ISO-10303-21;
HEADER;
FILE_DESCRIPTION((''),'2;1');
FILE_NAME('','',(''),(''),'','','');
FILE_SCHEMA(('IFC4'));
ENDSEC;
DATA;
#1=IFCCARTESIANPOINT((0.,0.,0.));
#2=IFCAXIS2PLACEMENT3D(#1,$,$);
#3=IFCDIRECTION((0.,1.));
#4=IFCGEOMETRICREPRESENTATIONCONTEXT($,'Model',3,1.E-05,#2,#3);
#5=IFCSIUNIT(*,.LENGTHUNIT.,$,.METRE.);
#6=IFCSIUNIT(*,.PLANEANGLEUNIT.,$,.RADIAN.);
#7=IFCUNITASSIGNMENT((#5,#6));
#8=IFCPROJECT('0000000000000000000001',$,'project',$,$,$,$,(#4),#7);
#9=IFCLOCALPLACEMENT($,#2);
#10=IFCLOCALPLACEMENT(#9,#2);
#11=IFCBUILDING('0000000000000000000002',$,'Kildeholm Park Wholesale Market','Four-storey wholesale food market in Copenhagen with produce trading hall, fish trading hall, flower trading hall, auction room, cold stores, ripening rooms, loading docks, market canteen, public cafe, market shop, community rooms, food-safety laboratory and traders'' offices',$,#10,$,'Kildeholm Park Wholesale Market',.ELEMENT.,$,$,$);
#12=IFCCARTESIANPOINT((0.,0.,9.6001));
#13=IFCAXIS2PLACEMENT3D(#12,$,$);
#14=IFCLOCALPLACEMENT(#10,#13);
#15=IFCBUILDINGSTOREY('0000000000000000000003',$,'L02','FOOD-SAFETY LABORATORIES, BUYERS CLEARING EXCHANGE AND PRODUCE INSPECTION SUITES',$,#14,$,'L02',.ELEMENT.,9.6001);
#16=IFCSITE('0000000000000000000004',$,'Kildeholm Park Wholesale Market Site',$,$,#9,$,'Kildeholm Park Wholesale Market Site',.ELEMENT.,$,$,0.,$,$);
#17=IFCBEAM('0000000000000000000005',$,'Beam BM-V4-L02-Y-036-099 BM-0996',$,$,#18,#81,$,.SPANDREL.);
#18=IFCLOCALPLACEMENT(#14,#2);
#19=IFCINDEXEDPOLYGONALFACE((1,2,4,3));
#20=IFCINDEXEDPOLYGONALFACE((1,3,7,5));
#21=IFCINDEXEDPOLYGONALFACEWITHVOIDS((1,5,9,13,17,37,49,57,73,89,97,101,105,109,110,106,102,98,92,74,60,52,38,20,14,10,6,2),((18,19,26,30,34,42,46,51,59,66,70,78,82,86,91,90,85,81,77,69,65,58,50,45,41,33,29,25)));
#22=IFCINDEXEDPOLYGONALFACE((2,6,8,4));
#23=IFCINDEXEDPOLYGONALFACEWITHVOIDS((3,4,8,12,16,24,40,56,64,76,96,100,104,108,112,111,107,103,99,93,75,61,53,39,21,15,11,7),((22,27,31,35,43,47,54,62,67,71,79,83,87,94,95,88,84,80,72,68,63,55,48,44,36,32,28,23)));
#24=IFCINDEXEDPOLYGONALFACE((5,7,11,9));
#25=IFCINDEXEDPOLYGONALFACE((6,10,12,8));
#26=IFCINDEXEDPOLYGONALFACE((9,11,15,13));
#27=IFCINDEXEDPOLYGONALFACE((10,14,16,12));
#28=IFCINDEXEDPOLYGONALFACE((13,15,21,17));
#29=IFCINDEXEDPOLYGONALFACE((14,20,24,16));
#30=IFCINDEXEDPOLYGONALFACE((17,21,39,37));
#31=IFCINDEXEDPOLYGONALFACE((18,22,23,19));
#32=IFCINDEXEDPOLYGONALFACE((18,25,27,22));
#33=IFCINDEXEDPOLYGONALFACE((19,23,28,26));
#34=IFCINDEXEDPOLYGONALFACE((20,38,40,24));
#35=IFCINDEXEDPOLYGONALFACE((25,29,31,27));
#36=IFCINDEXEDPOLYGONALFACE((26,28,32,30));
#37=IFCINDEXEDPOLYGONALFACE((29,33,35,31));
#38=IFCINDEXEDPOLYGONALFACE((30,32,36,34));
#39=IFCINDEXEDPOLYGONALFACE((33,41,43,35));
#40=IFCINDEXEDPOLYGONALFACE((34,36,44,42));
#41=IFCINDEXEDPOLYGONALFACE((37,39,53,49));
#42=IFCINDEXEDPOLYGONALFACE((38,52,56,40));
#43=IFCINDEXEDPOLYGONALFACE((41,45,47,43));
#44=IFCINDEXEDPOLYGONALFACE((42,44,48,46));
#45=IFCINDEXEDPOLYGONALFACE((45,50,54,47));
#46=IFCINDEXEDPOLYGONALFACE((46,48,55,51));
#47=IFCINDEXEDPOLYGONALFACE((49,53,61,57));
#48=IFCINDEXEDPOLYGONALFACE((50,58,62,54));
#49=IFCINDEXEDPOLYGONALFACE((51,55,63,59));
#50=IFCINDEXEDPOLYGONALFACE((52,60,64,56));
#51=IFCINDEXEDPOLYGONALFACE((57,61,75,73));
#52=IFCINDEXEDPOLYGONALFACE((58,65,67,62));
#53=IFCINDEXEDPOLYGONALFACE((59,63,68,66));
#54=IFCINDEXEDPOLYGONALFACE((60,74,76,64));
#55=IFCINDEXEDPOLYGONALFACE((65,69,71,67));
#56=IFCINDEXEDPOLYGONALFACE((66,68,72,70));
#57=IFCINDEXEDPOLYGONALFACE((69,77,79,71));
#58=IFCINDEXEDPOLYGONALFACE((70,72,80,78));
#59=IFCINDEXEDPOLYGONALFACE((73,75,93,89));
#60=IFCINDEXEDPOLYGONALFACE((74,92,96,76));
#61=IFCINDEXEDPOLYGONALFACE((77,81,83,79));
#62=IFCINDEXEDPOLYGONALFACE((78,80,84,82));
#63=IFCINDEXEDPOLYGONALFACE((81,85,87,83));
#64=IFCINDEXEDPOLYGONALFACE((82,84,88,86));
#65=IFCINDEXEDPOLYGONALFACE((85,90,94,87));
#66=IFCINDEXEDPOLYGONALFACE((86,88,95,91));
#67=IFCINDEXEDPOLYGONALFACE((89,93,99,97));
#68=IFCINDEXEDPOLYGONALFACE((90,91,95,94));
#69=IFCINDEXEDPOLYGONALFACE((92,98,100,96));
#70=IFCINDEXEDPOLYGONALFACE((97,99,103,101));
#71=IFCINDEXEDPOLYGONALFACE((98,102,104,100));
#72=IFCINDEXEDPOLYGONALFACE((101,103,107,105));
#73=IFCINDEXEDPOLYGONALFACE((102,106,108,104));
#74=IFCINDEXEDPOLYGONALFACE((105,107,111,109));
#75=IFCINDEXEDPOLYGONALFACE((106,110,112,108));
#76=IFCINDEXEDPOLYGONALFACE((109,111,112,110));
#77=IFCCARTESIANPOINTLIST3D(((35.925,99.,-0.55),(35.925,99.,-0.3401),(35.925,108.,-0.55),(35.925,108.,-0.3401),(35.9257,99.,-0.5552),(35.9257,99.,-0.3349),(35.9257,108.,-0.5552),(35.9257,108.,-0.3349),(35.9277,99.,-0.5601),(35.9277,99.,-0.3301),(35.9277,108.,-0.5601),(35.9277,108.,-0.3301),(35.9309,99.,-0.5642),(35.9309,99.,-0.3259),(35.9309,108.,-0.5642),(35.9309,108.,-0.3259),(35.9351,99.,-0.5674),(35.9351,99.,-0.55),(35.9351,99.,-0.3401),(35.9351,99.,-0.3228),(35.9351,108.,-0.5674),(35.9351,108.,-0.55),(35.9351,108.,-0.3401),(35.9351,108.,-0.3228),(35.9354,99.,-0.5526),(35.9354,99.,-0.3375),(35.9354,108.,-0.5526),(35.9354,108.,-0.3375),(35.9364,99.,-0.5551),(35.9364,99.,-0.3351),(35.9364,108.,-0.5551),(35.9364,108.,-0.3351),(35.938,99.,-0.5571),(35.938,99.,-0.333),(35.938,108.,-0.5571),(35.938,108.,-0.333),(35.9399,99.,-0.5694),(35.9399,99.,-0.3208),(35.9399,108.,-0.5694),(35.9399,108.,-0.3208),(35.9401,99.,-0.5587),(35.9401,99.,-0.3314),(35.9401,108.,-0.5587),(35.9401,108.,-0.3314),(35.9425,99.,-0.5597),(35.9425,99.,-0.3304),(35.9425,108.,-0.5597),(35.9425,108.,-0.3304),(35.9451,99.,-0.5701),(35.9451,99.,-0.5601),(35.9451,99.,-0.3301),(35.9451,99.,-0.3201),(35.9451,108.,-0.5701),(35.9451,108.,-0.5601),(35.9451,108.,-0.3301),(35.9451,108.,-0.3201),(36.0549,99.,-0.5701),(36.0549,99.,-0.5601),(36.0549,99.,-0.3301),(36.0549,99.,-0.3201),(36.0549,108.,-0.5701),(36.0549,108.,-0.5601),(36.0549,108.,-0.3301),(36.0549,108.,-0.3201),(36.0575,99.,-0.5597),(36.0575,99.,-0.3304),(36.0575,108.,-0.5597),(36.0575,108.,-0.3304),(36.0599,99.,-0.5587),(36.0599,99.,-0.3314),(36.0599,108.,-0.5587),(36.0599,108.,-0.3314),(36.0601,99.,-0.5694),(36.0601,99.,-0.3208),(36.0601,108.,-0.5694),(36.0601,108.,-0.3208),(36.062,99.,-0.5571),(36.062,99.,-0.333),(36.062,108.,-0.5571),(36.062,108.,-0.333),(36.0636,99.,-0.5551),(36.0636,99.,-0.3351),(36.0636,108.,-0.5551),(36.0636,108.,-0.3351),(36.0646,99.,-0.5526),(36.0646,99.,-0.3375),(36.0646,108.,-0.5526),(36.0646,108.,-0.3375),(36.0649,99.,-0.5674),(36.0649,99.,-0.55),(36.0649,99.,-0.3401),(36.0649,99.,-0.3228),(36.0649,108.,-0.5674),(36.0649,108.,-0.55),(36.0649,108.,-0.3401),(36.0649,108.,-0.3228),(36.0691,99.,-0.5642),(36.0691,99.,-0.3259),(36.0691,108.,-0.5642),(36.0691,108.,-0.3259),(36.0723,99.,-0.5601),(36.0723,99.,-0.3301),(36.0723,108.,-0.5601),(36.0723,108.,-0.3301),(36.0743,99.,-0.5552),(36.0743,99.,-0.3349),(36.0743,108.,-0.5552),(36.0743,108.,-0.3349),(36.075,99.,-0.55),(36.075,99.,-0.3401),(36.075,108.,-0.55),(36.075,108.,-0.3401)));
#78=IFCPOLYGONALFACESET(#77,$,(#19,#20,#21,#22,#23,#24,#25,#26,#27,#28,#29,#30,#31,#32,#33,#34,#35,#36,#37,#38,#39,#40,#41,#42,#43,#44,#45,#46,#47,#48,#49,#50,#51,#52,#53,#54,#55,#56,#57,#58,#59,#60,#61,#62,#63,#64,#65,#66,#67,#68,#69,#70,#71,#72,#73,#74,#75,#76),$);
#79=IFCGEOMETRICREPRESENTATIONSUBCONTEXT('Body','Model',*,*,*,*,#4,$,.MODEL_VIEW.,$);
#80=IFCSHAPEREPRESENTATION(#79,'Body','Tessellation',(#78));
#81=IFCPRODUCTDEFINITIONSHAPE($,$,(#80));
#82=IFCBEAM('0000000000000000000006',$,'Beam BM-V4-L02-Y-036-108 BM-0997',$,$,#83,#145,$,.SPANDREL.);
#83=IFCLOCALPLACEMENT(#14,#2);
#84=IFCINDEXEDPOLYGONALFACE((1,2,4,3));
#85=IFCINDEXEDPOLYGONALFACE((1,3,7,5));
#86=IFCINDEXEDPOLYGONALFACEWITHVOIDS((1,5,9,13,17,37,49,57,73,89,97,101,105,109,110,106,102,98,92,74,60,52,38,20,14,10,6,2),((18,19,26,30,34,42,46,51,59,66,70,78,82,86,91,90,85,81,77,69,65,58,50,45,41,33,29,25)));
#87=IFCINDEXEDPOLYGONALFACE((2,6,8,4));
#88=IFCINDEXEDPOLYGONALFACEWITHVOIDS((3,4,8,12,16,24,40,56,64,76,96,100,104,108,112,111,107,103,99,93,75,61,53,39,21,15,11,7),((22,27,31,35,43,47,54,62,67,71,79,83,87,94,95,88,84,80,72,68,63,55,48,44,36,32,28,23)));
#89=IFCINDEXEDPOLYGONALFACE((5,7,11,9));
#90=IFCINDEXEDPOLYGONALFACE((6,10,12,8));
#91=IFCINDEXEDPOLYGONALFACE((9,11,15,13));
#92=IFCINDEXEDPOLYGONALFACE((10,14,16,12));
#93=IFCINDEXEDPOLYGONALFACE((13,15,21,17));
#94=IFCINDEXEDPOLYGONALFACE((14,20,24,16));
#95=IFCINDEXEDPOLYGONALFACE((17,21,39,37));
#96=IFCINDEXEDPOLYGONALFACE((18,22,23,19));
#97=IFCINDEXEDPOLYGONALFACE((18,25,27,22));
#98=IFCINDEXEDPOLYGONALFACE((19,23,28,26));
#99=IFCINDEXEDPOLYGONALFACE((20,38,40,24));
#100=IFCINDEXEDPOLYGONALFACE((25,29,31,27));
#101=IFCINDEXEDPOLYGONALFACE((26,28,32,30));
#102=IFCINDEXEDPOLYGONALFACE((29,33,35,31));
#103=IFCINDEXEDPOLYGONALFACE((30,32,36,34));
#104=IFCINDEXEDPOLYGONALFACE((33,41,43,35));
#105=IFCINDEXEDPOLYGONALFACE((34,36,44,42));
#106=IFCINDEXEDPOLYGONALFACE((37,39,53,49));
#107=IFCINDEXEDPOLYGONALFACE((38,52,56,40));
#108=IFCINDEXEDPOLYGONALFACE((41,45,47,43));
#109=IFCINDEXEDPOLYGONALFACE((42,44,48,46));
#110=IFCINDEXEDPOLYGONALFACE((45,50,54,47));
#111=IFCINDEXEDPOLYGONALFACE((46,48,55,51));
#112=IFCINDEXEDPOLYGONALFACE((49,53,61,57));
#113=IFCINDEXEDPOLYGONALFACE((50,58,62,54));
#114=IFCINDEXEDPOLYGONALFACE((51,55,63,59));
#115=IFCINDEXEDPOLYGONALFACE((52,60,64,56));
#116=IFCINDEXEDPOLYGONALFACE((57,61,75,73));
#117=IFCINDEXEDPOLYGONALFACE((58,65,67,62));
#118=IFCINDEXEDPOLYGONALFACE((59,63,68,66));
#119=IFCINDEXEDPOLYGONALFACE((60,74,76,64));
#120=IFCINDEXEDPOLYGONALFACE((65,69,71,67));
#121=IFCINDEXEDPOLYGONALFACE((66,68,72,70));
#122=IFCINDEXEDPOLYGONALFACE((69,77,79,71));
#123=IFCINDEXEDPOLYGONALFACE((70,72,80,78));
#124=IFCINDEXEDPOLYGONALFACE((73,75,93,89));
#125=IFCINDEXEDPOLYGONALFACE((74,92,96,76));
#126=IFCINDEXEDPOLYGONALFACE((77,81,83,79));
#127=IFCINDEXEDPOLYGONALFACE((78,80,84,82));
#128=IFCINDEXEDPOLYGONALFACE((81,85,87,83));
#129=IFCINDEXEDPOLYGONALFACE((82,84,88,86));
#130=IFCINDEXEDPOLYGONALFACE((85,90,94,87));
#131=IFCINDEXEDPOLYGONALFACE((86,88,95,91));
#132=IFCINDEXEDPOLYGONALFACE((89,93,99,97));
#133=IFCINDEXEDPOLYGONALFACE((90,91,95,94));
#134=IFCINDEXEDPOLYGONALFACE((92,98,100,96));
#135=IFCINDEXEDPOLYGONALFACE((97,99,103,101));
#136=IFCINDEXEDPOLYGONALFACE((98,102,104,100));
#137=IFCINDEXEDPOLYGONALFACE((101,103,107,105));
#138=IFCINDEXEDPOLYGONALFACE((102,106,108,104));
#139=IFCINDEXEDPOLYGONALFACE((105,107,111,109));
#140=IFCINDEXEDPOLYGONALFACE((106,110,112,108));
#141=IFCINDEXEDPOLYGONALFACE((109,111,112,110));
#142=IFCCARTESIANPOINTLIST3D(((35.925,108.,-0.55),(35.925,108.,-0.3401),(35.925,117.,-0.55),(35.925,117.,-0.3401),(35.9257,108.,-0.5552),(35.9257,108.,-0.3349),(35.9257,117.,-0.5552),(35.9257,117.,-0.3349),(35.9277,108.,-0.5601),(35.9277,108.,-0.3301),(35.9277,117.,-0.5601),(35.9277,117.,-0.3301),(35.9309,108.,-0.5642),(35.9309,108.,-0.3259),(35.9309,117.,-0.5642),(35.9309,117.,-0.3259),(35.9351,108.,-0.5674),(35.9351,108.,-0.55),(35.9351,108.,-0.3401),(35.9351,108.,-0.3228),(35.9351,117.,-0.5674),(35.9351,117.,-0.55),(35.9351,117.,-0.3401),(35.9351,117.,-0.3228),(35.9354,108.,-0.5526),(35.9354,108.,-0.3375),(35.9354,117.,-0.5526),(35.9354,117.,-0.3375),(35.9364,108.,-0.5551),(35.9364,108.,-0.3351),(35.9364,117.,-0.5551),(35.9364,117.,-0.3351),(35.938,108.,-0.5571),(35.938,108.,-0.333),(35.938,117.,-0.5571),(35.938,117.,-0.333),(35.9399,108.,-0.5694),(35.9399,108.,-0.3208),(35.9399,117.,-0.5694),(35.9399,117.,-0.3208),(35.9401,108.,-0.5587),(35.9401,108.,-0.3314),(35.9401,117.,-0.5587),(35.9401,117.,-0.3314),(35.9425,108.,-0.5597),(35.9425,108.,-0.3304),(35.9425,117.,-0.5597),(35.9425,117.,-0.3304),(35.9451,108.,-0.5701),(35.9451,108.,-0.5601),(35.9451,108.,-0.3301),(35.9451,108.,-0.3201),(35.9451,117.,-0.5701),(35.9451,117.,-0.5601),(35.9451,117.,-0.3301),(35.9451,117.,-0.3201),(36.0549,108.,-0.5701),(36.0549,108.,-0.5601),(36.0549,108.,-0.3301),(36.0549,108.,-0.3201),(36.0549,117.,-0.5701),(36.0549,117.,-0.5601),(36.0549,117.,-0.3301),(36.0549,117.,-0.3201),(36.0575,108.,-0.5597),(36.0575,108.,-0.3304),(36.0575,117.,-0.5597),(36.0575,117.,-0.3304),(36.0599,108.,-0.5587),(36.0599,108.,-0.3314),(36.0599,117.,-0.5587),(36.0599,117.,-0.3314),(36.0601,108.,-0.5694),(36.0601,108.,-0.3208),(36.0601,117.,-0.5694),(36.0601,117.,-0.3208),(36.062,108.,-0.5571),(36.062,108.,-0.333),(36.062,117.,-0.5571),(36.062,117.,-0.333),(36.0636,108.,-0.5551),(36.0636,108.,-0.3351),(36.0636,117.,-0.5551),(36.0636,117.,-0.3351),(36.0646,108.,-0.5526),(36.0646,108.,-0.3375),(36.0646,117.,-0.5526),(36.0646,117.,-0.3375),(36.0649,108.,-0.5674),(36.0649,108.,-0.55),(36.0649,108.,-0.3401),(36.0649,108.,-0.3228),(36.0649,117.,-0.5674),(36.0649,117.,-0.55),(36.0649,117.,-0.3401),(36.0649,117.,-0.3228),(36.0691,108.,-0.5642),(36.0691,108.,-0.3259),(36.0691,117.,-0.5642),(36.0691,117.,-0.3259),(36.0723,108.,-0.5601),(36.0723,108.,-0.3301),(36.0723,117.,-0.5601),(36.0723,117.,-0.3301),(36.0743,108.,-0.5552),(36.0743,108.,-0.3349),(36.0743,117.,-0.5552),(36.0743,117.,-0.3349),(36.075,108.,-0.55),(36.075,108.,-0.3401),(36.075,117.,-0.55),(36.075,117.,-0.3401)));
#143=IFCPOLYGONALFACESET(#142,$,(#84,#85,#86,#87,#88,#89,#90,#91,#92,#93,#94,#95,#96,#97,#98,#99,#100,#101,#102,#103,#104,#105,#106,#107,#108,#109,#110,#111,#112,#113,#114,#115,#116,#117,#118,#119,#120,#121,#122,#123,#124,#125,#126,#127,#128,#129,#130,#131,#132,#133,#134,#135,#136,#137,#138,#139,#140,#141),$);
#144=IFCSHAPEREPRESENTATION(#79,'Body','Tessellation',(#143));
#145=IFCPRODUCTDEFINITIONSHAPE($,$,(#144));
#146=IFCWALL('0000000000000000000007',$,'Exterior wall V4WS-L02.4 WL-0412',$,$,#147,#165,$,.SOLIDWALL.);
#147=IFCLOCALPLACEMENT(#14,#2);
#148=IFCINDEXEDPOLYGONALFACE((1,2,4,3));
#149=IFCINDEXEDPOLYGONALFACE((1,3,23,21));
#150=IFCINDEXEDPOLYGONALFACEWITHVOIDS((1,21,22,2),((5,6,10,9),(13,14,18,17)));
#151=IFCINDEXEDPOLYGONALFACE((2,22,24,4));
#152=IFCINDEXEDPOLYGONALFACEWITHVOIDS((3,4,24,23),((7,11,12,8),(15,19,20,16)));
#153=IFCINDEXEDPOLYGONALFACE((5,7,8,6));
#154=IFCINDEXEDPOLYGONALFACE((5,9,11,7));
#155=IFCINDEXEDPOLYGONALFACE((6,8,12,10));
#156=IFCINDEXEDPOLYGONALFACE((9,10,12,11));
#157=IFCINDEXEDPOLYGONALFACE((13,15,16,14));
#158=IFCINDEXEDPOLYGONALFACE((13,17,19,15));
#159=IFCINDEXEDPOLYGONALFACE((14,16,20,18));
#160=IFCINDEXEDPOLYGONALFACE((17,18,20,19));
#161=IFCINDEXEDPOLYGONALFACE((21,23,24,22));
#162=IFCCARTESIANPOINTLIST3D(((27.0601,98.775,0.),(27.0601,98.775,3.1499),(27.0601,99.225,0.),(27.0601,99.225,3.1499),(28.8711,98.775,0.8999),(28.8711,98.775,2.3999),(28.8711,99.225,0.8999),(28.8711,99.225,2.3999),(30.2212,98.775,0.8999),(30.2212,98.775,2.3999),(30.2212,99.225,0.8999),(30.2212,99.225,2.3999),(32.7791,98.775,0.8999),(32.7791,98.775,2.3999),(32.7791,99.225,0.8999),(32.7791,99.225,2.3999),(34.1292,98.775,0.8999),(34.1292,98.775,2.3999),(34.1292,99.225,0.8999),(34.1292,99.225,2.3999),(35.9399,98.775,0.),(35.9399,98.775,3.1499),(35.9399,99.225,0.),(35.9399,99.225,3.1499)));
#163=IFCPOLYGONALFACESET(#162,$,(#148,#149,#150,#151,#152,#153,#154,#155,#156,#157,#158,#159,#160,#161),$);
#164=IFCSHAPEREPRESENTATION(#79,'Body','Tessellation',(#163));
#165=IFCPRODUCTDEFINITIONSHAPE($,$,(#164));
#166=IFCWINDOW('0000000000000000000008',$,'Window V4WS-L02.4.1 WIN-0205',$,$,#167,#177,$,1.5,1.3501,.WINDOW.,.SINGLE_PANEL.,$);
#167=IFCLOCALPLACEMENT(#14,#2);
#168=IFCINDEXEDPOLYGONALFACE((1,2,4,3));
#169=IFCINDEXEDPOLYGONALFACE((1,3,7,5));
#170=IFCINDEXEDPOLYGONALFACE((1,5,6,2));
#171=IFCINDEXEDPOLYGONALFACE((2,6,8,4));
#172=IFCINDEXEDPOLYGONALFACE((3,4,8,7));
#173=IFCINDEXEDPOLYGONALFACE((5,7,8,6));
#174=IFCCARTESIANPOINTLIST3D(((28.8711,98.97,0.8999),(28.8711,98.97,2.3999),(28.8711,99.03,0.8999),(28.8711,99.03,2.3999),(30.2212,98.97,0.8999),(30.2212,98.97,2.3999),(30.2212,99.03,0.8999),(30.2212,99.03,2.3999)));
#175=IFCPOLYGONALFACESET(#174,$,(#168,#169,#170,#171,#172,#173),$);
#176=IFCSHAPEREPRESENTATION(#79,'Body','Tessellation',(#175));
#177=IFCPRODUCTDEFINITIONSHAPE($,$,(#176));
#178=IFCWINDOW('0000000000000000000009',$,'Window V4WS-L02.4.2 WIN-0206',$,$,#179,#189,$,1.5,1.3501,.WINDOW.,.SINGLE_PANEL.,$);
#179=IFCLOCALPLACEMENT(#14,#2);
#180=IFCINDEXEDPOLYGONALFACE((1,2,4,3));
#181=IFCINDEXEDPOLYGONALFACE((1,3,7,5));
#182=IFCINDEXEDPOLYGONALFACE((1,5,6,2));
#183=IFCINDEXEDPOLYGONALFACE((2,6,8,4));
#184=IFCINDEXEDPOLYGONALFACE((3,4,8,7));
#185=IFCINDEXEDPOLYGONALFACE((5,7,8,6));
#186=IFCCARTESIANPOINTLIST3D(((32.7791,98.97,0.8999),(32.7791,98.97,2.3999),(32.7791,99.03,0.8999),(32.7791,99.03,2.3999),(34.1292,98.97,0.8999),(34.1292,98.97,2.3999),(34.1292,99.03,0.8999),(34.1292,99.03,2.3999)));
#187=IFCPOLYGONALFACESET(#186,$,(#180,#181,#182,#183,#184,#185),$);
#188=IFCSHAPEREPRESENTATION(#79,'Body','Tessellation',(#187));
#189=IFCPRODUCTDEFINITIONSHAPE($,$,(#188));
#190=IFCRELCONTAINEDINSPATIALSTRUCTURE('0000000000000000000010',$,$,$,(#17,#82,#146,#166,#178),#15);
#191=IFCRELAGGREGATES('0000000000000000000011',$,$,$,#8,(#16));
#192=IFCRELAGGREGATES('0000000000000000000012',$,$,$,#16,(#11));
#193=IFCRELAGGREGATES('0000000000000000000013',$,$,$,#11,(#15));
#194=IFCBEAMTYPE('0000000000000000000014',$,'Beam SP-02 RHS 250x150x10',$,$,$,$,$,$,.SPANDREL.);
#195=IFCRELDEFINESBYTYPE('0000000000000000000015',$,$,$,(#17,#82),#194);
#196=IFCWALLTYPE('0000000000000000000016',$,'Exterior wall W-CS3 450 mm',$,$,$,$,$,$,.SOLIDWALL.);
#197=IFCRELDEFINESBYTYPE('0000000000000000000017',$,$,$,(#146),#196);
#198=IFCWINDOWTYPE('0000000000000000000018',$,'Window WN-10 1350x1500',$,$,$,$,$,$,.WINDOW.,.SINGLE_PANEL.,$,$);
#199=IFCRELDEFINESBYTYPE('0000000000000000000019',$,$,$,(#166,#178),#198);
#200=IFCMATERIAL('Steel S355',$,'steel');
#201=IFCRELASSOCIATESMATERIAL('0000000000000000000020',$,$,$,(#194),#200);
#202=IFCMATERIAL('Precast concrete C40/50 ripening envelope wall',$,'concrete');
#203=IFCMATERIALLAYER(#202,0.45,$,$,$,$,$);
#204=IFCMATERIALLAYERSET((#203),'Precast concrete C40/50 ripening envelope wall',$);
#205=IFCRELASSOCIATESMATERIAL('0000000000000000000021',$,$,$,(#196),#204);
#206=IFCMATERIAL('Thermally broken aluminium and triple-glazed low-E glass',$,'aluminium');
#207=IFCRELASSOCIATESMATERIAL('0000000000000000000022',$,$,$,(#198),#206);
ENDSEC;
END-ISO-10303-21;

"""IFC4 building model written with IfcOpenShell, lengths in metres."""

from ifc_helpers import new_model, si_unit, direction, frame, frame_2d, origin, origin_2d, place, context, subcontext, project, spatial, rectangle, hollow_rectangle, extrude, material, layer, layer_set, material_profile, profile_set, type_object, element, fill, save


model = new_model("IFC4")

# Units and contexts
model_context = context("Model", 3, precision=1e-05, world=origin(), true_north=direction((0.0, 1.0)))
body_context = subcontext(model_context, "Body", "Model", "MODEL_VIEW")
ifc_project = project(units=[si_unit("LENGTHUNIT", "METRE"), si_unit("PLANEANGLEUNIT", "RADIAN")], contexts=[model_context])

# Site, building, storey
site_placement = place(None, origin())
site = spatial("IfcSite", under=ifc_project, at=site_placement, Name="Kildeholm Park Wholesale Market Site", LongName="Kildeholm Park Wholesale Market Site", CompositionType="ELEMENT", RefElevation=0.0)
building_placement = place(site_placement, origin())
building = spatial("IfcBuilding", under=site, at=building_placement, Name="Kildeholm Park Wholesale Market", Description="Four-storey wholesale food market in Copenhagen with produce trading hall, fish trading hall, flower trading hall, auction room, cold stores, ripening rooms, loading docks, market canteen, public cafe, market shop, community rooms, food-safety laboratory and traders' offices", LongName="Kildeholm Park Wholesale Market", CompositionType="ELEMENT")
storey_placement = place(building_placement, frame((0.0, 0.0, 9.6001)))
storey = spatial("IfcBuildingStorey", under=building, at=storey_placement, Name="L02", Description="FOOD-SAFETY LABORATORIES, BUYERS CLEARING EXCHANGE AND PRODUCE INSPECTION SUITES", LongName="L02", CompositionType="ELEMENT", Elevation=9.6001)

# Beams
ifc_material_1 = material(Name="Steel S355", Category="steel")
ifc_material_profile_1 = material_profile(ifc_material_1, hollow_rectangle(XDim=0.1499, YDim=0.25, WallThickness=0.01, InnerFilletRadius=0.01, OuterFilletRadius=0.02, at=origin_2d()), Name="RHS 250x150x10")
ifc_profile_set_1 = profile_set([ifc_material_profile_1], Name="Steel S355")
beam_type_1 = type_object("IfcBeamType", Name="Beam SP-02 RHS 250x150x10", PredefinedType="SPANDREL", material=ifc_profile_set_1)
for number, where, z_axis, x_axis, name in (
    (1, (36.0, 99.0, -0.4451), (0.0, 1.0, 0.0), (-1.0, 0.0, 0.0), "Beam BM-V4-L02-Y-036-099 BM-0996"),
    (2, (36.0, 108.0, -0.4451), (0.0, 1.0, 0.0), (-1.0, 0.0, 0.0), "Beam BM-V4-L02-Y-036-108 BM-0997"),
):
    element("IfcBeam", number, at=place(storey_placement, frame(where, z_axis=z_axis, x_axis=x_axis)), inside=storey, type_object=beam_type_1, Name=name, PredefinedType="SPANDREL", context=body_context, shape_type="SweptSolid", body=[
        extrude(hollow_rectangle(XDim=0.1499, YDim=0.25, WallThickness=0.01, InnerFilletRadius=0.01, OuterFilletRadius=0.02, at=origin_2d()), origin(), (0.0, 0.0, 1.0), 9.0),
    ])

# Wall, openings, windows
ifc_material_2 = material(Name="Precast concrete C40/50 ripening envelope wall", Category="concrete")
ifc_layer = layer(ifc_material_2, 0.45)
ifc_layer_set = layer_set([ifc_layer], Name="Precast concrete C40/50 ripening envelope wall")
wall_type = type_object("IfcWallType", Name="Exterior wall W-CS3 450 mm", PredefinedType="SOLIDWALL", material=ifc_layer_set)
wall_1_placement = place(storey_placement, frame((27.0601, 99.0, 0.0), z_axis=(0.0, 0.0, 1.0), x_axis=(1.0, 0.0, 0.0)))
wall_1 = element("IfcWall", 3, at=wall_1_placement, inside=storey, type_object=wall_type, Name="Exterior wall V4WS-L02.4 WL-0412", PredefinedType="SOLIDWALL", context=body_context, shape_type="SweptSolid", body=[
    extrude(rectangle(XDim=8.8799, YDim=0.45, at=frame_2d((4.4399, 0.0))), origin(), (0.0, 0.0, 1.0), 3.1499),
])
opening_1_placement = place(wall_1_placement, frame((1.811, 0.0, 0.8999)))
opening_1 = element("IfcOpeningElement", 4, at=opening_1_placement, cuts=wall_1, PredefinedType="OPENING", context=body_context, shape_type="SweptSolid", body=[
    extrude(rectangle(XDim=1.3501, YDim=1.5, at=frame_2d((0.675, 0.75))), frame((0.0, 0.2349, 0.0), z_axis=(0.0, -1.0, 0.0), x_axis=(1.0, 0.0, 0.0)), (0.0, 0.0, 1.0), 0.47),
])
opening_2_placement = place(wall_1_placement, frame((5.719, 0.0, 0.8999)))
opening_2 = element("IfcOpeningElement", 5, at=opening_2_placement, cuts=wall_1, PredefinedType="OPENING", context=body_context, shape_type="SweptSolid", body=[
    extrude(rectangle(XDim=1.3501, YDim=1.5, at=frame_2d((0.675, 0.75))), frame((0.0, 0.2349, 0.0), z_axis=(0.0, -1.0, 0.0), x_axis=(1.0, 0.0, 0.0)), (0.0, 0.0, 1.0), 0.47),
])
ifc_material_3 = material(Name="Thermally broken aluminium and triple-glazed low-E glass", Category="aluminium")
window_type = type_object("IfcWindowType", Name="Window WN-10 1350x1500", PartitioningType="SINGLE_PANEL", PredefinedType="WINDOW", material=ifc_material_3)
window_1_placement = place(opening_1_placement, origin())
window_1 = element("IfcWindow", 6, at=window_1_placement, inside=storey, type_object=window_type, Name="Window V4WS-L02.4.1 WIN-0205", OverallHeight=1.5, OverallWidth=1.3501, PartitioningType="SINGLE_PANEL", PredefinedType="WINDOW", context=body_context, shape_type="SweptSolid", body=[
    extrude(rectangle(XDim=1.3501, YDim=1.5, at=frame_2d((0.675, 0.75))), frame((0.0, 0.03, 0.0), z_axis=(0.0, -1.0, 0.0), x_axis=(1.0, 0.0, 0.0)), (0.0, 0.0, 1.0), 0.0601),
])
fill(opening_1, window_1)
window_2_placement = place(opening_2_placement, origin())
window_2 = element("IfcWindow", 7, at=window_2_placement, inside=storey, type_object=window_type, Name="Window V4WS-L02.4.2 WIN-0206", OverallHeight=1.5, OverallWidth=1.3501, PartitioningType="SINGLE_PANEL", PredefinedType="WINDOW", context=body_context, shape_type="SweptSolid", body=[
    extrude(rectangle(XDim=1.3501, YDim=1.5, at=frame_2d((0.675, 0.75))), frame((0.0, 0.03, 0.0), z_axis=(0.0, -1.0, 0.0), x_axis=(1.0, 0.0, 0.0)), (0.0, 0.0, 1.0), 0.0601),
])
fill(opening_2, window_2)

save(model, "model.ifc")
